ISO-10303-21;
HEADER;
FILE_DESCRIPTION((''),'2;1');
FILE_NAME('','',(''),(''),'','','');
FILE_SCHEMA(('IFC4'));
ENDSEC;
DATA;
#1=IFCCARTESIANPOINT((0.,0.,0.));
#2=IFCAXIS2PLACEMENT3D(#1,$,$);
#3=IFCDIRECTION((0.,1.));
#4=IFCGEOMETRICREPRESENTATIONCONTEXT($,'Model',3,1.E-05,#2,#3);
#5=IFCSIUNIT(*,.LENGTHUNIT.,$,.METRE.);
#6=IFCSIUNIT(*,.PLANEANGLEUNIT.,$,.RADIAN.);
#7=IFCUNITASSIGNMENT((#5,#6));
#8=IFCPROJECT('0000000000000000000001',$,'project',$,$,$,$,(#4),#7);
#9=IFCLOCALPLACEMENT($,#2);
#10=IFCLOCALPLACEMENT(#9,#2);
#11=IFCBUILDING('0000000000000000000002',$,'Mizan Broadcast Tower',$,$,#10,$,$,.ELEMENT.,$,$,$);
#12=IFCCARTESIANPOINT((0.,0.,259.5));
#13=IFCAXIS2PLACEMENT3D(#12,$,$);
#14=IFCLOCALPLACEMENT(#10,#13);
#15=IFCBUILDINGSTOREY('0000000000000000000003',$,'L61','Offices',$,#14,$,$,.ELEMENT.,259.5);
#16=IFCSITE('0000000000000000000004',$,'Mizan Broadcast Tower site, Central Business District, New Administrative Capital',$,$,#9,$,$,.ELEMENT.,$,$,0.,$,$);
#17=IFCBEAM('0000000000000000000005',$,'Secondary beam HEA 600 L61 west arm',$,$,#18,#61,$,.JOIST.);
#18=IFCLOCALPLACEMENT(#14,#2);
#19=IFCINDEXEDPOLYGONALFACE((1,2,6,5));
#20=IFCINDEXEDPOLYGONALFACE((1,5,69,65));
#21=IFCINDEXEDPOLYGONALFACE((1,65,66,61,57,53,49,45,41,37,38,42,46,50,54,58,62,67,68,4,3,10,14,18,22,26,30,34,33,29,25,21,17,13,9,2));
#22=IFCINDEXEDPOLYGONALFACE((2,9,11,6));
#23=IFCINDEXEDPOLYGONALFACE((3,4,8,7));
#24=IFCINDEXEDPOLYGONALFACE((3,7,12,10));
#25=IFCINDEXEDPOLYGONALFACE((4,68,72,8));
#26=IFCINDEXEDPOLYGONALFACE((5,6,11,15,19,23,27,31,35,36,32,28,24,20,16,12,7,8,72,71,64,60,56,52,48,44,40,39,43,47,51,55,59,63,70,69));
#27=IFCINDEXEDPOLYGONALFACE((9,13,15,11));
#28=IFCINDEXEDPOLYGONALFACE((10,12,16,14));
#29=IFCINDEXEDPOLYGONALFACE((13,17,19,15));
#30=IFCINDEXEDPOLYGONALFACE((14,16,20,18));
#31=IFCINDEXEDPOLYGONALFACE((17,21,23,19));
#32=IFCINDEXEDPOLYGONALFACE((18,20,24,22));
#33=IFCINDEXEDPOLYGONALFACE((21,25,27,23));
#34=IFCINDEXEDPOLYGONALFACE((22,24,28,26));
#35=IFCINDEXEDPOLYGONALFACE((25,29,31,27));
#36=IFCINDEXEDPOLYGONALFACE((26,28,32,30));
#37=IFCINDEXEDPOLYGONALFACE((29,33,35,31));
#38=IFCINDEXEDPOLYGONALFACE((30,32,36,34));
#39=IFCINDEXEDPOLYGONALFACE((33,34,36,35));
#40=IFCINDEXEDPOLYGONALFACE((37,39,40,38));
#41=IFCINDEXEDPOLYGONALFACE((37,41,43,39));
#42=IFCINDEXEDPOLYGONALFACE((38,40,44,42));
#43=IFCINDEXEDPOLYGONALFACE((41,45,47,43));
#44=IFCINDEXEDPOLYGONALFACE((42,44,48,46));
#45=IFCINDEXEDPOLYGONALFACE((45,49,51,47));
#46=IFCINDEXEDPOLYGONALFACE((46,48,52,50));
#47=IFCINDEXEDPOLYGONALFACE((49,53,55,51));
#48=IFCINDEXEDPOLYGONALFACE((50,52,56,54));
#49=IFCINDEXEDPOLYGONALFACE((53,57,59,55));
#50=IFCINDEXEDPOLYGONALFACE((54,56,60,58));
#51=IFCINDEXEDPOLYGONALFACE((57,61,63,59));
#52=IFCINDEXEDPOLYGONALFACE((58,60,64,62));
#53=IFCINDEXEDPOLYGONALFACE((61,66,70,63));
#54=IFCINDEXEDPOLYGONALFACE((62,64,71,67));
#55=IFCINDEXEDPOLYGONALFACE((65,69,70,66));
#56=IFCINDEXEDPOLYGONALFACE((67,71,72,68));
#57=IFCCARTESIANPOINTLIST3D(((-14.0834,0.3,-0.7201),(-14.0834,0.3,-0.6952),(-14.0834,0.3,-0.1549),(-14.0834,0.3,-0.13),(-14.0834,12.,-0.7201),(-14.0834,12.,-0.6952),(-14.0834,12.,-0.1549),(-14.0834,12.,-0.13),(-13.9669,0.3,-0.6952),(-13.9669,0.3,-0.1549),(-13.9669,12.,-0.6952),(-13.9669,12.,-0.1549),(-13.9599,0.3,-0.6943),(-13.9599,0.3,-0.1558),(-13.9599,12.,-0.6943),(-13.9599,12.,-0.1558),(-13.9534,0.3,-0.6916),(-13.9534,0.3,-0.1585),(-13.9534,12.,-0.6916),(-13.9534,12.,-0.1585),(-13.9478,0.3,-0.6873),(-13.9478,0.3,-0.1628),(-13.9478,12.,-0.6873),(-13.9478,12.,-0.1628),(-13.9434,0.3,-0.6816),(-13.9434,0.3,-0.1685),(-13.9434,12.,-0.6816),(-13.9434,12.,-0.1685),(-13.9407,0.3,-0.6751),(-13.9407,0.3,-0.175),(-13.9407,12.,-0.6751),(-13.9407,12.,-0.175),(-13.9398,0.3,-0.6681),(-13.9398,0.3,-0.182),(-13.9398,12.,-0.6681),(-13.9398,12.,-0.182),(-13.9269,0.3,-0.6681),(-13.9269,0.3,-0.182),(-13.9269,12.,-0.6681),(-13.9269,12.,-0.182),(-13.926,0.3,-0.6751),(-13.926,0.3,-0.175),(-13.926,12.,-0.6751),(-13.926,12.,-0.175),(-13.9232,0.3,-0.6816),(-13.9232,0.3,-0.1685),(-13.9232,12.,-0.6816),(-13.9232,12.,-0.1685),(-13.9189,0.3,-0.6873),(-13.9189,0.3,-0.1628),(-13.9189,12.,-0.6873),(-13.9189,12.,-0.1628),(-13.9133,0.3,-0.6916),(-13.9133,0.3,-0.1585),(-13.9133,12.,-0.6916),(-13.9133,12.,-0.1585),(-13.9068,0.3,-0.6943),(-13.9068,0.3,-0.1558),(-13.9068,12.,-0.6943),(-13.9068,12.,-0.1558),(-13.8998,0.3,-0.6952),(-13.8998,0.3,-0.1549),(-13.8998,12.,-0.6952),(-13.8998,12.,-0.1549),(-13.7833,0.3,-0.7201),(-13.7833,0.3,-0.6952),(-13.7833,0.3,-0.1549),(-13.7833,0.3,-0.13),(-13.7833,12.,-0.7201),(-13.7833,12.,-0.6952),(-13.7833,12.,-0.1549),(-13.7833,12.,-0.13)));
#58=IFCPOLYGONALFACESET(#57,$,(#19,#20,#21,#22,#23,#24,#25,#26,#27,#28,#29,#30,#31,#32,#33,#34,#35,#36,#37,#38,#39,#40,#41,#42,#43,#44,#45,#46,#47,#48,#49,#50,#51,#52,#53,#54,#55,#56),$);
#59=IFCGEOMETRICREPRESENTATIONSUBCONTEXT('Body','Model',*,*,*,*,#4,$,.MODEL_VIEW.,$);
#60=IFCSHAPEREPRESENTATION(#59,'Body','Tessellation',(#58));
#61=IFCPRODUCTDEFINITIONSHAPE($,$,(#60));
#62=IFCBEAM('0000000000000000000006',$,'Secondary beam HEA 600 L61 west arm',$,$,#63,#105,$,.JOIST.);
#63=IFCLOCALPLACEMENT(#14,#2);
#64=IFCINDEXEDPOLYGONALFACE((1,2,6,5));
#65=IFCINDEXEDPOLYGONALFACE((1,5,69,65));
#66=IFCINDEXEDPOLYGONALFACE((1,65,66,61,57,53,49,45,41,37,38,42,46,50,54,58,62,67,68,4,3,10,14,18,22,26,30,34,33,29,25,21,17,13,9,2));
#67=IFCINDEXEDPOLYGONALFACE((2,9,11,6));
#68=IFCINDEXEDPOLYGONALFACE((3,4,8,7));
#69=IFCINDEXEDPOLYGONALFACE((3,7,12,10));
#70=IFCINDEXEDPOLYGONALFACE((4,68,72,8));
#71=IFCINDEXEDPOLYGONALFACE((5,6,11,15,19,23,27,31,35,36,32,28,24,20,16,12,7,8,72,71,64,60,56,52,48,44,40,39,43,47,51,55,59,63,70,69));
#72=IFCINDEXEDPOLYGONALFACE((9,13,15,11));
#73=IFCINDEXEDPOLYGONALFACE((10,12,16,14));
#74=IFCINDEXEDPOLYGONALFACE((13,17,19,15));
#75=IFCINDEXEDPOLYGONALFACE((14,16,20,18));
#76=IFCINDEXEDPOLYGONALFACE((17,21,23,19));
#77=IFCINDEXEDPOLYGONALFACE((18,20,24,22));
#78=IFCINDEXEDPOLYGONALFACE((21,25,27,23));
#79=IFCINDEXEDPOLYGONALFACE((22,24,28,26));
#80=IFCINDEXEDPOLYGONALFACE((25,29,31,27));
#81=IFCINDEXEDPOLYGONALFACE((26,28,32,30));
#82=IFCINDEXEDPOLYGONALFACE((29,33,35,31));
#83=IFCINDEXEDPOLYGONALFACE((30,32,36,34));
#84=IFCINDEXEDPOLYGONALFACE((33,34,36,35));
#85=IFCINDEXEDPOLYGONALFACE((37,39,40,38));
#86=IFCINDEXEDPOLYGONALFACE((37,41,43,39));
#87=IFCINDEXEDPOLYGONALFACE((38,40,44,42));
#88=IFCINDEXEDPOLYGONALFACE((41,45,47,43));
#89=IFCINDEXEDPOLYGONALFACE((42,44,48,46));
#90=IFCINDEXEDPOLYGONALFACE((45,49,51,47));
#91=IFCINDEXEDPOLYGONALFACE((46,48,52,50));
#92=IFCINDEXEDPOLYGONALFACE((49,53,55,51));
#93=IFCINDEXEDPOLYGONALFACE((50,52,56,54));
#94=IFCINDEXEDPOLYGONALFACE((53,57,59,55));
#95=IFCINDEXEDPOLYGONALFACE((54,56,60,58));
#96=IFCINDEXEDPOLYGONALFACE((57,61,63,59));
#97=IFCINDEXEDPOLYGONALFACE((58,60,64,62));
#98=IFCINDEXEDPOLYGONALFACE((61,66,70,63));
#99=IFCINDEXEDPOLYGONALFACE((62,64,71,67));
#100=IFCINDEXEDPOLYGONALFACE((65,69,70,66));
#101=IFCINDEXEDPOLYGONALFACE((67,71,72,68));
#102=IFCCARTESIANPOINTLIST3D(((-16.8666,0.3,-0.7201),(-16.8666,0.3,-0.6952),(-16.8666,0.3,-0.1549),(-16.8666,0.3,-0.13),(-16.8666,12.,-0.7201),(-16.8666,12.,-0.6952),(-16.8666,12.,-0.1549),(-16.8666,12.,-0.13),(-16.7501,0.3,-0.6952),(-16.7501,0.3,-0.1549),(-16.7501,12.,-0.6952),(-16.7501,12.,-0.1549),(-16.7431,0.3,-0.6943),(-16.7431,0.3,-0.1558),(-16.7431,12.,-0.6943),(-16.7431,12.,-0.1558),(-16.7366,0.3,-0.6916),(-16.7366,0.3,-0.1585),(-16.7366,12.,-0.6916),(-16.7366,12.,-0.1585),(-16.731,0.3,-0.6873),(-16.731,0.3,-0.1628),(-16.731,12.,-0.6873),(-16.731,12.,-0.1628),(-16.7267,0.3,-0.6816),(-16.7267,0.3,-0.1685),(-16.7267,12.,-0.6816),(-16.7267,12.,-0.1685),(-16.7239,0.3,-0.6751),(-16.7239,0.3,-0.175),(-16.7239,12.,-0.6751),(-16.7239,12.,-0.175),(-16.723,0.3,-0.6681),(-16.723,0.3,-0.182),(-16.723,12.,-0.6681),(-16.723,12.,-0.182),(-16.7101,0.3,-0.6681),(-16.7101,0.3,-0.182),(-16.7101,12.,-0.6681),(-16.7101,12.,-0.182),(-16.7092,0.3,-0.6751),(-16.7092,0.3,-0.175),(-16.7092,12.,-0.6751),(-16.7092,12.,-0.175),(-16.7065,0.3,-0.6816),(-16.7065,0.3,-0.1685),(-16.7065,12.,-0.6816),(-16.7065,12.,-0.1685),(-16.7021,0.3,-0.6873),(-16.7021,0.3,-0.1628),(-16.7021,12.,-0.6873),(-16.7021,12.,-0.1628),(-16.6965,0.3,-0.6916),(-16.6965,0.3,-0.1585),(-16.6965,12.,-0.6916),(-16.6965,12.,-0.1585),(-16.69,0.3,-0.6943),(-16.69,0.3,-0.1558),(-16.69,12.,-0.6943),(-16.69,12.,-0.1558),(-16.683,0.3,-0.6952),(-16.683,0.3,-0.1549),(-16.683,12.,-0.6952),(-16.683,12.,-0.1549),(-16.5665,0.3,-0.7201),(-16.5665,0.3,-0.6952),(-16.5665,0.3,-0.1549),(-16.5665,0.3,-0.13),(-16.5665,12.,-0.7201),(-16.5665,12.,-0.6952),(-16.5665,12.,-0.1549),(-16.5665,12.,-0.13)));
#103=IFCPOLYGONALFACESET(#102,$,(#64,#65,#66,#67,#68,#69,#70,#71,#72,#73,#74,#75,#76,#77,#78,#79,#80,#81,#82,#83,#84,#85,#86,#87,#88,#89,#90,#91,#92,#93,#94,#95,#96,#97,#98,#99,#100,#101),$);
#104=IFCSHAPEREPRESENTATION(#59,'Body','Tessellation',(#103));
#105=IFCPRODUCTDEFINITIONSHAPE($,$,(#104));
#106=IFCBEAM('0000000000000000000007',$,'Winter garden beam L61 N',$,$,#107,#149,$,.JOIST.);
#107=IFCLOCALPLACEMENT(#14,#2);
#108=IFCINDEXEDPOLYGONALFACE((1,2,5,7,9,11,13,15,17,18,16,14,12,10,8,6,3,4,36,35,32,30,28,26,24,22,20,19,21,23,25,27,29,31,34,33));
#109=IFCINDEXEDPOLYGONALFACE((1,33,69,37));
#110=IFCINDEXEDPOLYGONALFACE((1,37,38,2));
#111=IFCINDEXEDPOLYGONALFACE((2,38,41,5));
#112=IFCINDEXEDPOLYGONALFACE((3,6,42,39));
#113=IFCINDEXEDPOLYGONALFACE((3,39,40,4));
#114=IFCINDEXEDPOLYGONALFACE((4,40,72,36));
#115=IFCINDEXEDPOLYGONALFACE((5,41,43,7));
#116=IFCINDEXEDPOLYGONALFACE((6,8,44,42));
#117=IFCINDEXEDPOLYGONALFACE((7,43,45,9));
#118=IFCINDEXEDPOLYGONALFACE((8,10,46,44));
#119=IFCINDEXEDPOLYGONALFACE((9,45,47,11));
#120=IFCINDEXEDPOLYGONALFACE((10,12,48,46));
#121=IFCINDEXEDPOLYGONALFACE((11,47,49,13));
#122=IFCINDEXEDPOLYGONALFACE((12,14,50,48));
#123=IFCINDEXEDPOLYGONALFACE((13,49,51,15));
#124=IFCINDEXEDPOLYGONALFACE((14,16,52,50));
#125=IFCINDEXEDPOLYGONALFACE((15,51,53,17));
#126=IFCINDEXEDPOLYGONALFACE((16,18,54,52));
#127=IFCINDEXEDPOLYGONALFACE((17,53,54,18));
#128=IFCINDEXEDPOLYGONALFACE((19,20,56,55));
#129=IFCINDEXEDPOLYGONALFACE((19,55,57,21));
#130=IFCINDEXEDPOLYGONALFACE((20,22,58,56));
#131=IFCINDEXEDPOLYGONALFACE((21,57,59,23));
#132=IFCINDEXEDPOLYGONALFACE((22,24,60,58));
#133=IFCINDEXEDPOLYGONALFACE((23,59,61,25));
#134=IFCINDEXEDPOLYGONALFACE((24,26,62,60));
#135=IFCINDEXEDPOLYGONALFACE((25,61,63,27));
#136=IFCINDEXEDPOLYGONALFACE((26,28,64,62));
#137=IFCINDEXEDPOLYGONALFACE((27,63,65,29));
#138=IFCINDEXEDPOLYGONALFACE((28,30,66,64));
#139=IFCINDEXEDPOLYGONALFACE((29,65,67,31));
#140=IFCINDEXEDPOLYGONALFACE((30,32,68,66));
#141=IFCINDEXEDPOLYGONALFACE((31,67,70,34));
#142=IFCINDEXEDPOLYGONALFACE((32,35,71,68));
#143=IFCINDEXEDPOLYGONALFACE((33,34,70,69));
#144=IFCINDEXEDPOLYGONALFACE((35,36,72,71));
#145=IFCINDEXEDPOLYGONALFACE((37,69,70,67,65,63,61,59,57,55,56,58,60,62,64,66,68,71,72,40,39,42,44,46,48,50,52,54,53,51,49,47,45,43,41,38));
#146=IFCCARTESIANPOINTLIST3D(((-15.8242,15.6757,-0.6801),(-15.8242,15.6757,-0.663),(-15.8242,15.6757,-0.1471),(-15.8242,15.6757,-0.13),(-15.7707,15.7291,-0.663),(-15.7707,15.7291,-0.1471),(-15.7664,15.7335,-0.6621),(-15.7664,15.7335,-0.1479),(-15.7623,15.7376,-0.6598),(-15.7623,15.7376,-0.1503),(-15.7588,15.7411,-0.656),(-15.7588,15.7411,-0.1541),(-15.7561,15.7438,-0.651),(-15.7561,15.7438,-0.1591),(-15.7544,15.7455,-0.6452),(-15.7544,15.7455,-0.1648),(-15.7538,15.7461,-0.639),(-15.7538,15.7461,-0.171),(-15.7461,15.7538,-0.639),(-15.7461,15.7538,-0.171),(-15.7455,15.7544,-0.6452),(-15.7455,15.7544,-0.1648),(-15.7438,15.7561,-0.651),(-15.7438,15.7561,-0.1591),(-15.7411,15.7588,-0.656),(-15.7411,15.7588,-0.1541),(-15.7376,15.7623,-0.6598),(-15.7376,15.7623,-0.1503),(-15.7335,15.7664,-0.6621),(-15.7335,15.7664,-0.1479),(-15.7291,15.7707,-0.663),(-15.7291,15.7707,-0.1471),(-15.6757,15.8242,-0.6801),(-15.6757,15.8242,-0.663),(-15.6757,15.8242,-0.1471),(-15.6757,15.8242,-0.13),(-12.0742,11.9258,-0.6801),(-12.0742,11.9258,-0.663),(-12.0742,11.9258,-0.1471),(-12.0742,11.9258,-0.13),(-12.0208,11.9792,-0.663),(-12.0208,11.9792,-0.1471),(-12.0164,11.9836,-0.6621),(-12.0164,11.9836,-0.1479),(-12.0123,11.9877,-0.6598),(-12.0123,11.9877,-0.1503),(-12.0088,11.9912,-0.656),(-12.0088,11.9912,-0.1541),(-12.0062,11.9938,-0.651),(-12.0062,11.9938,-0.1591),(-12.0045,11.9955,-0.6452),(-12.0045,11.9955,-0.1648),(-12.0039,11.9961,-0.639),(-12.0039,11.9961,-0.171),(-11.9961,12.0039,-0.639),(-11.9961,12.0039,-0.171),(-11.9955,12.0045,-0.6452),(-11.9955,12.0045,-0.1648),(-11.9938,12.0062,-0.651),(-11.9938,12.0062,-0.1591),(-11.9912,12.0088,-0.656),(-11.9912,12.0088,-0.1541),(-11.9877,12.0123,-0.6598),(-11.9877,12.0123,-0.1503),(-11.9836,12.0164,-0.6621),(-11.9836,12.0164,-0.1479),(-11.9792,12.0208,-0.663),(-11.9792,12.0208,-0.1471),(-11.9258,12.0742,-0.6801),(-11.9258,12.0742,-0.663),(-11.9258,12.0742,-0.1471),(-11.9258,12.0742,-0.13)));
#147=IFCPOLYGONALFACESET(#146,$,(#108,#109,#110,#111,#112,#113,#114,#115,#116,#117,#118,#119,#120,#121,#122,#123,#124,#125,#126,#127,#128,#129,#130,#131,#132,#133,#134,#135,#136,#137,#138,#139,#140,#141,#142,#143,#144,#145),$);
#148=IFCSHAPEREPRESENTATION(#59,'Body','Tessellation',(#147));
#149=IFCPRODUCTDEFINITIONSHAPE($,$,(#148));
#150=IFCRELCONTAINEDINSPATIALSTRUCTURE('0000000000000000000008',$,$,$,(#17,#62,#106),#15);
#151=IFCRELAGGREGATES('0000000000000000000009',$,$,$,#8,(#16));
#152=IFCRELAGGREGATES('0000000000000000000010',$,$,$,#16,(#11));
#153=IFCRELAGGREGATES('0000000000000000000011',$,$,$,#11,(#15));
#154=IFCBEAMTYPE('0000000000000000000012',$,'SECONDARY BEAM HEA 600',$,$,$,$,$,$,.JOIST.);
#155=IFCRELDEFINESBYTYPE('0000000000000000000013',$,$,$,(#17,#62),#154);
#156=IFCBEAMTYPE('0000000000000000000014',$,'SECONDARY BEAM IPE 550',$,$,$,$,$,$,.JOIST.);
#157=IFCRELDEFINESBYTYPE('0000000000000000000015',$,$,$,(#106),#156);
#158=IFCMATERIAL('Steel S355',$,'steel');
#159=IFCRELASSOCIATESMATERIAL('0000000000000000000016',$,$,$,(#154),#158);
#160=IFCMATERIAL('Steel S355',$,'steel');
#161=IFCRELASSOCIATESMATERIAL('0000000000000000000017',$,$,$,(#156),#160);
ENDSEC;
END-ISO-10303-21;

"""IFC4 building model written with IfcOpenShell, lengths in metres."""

from ifc_helpers import new_model, si_unit, direction, frame, origin, origin_2d, place, context, subcontext, project, spatial, i_section, extrude, material, material_profile, profile_set, type_object, element, save


model = new_model("IFC4")

# Units and contexts
model_context = context("Model", 3, precision=1e-05, world=origin(), true_north=direction((0.0, 1.0)))
body_context = subcontext(model_context, "Body", "Model", "MODEL_VIEW")
ifc_project = project(units=[si_unit("LENGTHUNIT", "METRE"), si_unit("PLANEANGLEUNIT", "RADIAN")], contexts=[model_context])

# Site, building, storey
site_placement = place(None, origin())
site = spatial("IfcSite", under=ifc_project, at=site_placement, Name="Mizan Broadcast Tower site, Central Business District, New Administrative Capital", CompositionType="ELEMENT", RefElevation=0.0)
building_placement = place(site_placement, origin())
building = spatial("IfcBuilding", under=site, at=building_placement, Name="Mizan Broadcast Tower", CompositionType="ELEMENT")
storey_placement = place(building_placement, frame((0.0, 0.0, 259.5)))
storey = spatial("IfcBuildingStorey", under=building, at=storey_placement, Name="L61", Description="Offices", CompositionType="ELEMENT", Elevation=259.5)

# Beams
ifc_material_1 = material(Name="Steel S355", Category="steel")
ifc_material_profile_1 = material_profile(ifc_material_1, i_section(OverallWidth=0.3, OverallDepth=0.5901, WebThickness=0.0129, FlangeThickness=0.0249, FilletRadius=0.0271, at=origin_2d()), Name="HEA 600")
ifc_profile_set_1 = profile_set([ifc_material_profile_1], Name="Steel S355")
beam_type_1 = type_object("IfcBeamType", Name="SECONDARY BEAM HEA 600", PredefinedType="JOIST", material=ifc_profile_set_1)
for number, where, z_axis, x_axis, name in (
    (1, (-13.9333, 12.0, -0.425), (0.0, -1.0, 0.0), (1.0, 0.0, 0.0), "Secondary beam HEA 600 L61 west arm"),
    (2, (-16.7166, 12.0, -0.425), (0.0, -1.0, 0.0), (1.0, 0.0, 0.0), "Secondary beam HEA 600 L61 west arm"),
):
    element("IfcBeam", number, at=place(storey_placement, frame(where, z_axis=z_axis, x_axis=x_axis)), inside=storey, type_object=beam_type_1, Name=name, PredefinedType="JOIST", context=body_context, shape_type="SweptSolid", body=[
        extrude(i_section(OverallWidth=0.3, OverallDepth=0.5901, WebThickness=0.0129, FlangeThickness=0.0249, FilletRadius=0.0271, at=origin_2d()), origin(), (0.0, 0.0, 1.0), 11.7),
    ])
ifc_material_2 = material(Name="Steel S355", Category="steel")
ifc_material_profile_2 = material_profile(ifc_material_2, i_section(OverallWidth=0.21, OverallDepth=0.55, WebThickness=0.011, FlangeThickness=0.0171, FilletRadius=0.0239, at=origin_2d()), Name="IPE 550")
ifc_profile_set_2 = profile_set([ifc_material_profile_2], Name="Steel S355")
beam_type_2 = type_object("IfcBeamType", Name="SECONDARY BEAM IPE 550", PredefinedType="JOIST", material=ifc_profile_set_2)
beam_1_placement = place(storey_placement, frame((-12.0, 12.0, -0.405), z_axis=(-0.707107, 0.707107, 0.0), x_axis=(-0.707107, -0.707107, 0.0)))
element("IfcBeam", 3, at=beam_1_placement, inside=storey, type_object=beam_type_2, Name="Winter garden beam L61 N", PredefinedType="JOIST", context=body_context, shape_type="SweptSolid", body=[
    extrude(i_section(OverallWidth=0.21, OverallDepth=0.55, WebThickness=0.011, FlangeThickness=0.0171, FilletRadius=0.0239, at=origin_2d()), origin(), (0.0, 0.0, 1.0), 5.3032),
])

save(model, "model.ifc")
